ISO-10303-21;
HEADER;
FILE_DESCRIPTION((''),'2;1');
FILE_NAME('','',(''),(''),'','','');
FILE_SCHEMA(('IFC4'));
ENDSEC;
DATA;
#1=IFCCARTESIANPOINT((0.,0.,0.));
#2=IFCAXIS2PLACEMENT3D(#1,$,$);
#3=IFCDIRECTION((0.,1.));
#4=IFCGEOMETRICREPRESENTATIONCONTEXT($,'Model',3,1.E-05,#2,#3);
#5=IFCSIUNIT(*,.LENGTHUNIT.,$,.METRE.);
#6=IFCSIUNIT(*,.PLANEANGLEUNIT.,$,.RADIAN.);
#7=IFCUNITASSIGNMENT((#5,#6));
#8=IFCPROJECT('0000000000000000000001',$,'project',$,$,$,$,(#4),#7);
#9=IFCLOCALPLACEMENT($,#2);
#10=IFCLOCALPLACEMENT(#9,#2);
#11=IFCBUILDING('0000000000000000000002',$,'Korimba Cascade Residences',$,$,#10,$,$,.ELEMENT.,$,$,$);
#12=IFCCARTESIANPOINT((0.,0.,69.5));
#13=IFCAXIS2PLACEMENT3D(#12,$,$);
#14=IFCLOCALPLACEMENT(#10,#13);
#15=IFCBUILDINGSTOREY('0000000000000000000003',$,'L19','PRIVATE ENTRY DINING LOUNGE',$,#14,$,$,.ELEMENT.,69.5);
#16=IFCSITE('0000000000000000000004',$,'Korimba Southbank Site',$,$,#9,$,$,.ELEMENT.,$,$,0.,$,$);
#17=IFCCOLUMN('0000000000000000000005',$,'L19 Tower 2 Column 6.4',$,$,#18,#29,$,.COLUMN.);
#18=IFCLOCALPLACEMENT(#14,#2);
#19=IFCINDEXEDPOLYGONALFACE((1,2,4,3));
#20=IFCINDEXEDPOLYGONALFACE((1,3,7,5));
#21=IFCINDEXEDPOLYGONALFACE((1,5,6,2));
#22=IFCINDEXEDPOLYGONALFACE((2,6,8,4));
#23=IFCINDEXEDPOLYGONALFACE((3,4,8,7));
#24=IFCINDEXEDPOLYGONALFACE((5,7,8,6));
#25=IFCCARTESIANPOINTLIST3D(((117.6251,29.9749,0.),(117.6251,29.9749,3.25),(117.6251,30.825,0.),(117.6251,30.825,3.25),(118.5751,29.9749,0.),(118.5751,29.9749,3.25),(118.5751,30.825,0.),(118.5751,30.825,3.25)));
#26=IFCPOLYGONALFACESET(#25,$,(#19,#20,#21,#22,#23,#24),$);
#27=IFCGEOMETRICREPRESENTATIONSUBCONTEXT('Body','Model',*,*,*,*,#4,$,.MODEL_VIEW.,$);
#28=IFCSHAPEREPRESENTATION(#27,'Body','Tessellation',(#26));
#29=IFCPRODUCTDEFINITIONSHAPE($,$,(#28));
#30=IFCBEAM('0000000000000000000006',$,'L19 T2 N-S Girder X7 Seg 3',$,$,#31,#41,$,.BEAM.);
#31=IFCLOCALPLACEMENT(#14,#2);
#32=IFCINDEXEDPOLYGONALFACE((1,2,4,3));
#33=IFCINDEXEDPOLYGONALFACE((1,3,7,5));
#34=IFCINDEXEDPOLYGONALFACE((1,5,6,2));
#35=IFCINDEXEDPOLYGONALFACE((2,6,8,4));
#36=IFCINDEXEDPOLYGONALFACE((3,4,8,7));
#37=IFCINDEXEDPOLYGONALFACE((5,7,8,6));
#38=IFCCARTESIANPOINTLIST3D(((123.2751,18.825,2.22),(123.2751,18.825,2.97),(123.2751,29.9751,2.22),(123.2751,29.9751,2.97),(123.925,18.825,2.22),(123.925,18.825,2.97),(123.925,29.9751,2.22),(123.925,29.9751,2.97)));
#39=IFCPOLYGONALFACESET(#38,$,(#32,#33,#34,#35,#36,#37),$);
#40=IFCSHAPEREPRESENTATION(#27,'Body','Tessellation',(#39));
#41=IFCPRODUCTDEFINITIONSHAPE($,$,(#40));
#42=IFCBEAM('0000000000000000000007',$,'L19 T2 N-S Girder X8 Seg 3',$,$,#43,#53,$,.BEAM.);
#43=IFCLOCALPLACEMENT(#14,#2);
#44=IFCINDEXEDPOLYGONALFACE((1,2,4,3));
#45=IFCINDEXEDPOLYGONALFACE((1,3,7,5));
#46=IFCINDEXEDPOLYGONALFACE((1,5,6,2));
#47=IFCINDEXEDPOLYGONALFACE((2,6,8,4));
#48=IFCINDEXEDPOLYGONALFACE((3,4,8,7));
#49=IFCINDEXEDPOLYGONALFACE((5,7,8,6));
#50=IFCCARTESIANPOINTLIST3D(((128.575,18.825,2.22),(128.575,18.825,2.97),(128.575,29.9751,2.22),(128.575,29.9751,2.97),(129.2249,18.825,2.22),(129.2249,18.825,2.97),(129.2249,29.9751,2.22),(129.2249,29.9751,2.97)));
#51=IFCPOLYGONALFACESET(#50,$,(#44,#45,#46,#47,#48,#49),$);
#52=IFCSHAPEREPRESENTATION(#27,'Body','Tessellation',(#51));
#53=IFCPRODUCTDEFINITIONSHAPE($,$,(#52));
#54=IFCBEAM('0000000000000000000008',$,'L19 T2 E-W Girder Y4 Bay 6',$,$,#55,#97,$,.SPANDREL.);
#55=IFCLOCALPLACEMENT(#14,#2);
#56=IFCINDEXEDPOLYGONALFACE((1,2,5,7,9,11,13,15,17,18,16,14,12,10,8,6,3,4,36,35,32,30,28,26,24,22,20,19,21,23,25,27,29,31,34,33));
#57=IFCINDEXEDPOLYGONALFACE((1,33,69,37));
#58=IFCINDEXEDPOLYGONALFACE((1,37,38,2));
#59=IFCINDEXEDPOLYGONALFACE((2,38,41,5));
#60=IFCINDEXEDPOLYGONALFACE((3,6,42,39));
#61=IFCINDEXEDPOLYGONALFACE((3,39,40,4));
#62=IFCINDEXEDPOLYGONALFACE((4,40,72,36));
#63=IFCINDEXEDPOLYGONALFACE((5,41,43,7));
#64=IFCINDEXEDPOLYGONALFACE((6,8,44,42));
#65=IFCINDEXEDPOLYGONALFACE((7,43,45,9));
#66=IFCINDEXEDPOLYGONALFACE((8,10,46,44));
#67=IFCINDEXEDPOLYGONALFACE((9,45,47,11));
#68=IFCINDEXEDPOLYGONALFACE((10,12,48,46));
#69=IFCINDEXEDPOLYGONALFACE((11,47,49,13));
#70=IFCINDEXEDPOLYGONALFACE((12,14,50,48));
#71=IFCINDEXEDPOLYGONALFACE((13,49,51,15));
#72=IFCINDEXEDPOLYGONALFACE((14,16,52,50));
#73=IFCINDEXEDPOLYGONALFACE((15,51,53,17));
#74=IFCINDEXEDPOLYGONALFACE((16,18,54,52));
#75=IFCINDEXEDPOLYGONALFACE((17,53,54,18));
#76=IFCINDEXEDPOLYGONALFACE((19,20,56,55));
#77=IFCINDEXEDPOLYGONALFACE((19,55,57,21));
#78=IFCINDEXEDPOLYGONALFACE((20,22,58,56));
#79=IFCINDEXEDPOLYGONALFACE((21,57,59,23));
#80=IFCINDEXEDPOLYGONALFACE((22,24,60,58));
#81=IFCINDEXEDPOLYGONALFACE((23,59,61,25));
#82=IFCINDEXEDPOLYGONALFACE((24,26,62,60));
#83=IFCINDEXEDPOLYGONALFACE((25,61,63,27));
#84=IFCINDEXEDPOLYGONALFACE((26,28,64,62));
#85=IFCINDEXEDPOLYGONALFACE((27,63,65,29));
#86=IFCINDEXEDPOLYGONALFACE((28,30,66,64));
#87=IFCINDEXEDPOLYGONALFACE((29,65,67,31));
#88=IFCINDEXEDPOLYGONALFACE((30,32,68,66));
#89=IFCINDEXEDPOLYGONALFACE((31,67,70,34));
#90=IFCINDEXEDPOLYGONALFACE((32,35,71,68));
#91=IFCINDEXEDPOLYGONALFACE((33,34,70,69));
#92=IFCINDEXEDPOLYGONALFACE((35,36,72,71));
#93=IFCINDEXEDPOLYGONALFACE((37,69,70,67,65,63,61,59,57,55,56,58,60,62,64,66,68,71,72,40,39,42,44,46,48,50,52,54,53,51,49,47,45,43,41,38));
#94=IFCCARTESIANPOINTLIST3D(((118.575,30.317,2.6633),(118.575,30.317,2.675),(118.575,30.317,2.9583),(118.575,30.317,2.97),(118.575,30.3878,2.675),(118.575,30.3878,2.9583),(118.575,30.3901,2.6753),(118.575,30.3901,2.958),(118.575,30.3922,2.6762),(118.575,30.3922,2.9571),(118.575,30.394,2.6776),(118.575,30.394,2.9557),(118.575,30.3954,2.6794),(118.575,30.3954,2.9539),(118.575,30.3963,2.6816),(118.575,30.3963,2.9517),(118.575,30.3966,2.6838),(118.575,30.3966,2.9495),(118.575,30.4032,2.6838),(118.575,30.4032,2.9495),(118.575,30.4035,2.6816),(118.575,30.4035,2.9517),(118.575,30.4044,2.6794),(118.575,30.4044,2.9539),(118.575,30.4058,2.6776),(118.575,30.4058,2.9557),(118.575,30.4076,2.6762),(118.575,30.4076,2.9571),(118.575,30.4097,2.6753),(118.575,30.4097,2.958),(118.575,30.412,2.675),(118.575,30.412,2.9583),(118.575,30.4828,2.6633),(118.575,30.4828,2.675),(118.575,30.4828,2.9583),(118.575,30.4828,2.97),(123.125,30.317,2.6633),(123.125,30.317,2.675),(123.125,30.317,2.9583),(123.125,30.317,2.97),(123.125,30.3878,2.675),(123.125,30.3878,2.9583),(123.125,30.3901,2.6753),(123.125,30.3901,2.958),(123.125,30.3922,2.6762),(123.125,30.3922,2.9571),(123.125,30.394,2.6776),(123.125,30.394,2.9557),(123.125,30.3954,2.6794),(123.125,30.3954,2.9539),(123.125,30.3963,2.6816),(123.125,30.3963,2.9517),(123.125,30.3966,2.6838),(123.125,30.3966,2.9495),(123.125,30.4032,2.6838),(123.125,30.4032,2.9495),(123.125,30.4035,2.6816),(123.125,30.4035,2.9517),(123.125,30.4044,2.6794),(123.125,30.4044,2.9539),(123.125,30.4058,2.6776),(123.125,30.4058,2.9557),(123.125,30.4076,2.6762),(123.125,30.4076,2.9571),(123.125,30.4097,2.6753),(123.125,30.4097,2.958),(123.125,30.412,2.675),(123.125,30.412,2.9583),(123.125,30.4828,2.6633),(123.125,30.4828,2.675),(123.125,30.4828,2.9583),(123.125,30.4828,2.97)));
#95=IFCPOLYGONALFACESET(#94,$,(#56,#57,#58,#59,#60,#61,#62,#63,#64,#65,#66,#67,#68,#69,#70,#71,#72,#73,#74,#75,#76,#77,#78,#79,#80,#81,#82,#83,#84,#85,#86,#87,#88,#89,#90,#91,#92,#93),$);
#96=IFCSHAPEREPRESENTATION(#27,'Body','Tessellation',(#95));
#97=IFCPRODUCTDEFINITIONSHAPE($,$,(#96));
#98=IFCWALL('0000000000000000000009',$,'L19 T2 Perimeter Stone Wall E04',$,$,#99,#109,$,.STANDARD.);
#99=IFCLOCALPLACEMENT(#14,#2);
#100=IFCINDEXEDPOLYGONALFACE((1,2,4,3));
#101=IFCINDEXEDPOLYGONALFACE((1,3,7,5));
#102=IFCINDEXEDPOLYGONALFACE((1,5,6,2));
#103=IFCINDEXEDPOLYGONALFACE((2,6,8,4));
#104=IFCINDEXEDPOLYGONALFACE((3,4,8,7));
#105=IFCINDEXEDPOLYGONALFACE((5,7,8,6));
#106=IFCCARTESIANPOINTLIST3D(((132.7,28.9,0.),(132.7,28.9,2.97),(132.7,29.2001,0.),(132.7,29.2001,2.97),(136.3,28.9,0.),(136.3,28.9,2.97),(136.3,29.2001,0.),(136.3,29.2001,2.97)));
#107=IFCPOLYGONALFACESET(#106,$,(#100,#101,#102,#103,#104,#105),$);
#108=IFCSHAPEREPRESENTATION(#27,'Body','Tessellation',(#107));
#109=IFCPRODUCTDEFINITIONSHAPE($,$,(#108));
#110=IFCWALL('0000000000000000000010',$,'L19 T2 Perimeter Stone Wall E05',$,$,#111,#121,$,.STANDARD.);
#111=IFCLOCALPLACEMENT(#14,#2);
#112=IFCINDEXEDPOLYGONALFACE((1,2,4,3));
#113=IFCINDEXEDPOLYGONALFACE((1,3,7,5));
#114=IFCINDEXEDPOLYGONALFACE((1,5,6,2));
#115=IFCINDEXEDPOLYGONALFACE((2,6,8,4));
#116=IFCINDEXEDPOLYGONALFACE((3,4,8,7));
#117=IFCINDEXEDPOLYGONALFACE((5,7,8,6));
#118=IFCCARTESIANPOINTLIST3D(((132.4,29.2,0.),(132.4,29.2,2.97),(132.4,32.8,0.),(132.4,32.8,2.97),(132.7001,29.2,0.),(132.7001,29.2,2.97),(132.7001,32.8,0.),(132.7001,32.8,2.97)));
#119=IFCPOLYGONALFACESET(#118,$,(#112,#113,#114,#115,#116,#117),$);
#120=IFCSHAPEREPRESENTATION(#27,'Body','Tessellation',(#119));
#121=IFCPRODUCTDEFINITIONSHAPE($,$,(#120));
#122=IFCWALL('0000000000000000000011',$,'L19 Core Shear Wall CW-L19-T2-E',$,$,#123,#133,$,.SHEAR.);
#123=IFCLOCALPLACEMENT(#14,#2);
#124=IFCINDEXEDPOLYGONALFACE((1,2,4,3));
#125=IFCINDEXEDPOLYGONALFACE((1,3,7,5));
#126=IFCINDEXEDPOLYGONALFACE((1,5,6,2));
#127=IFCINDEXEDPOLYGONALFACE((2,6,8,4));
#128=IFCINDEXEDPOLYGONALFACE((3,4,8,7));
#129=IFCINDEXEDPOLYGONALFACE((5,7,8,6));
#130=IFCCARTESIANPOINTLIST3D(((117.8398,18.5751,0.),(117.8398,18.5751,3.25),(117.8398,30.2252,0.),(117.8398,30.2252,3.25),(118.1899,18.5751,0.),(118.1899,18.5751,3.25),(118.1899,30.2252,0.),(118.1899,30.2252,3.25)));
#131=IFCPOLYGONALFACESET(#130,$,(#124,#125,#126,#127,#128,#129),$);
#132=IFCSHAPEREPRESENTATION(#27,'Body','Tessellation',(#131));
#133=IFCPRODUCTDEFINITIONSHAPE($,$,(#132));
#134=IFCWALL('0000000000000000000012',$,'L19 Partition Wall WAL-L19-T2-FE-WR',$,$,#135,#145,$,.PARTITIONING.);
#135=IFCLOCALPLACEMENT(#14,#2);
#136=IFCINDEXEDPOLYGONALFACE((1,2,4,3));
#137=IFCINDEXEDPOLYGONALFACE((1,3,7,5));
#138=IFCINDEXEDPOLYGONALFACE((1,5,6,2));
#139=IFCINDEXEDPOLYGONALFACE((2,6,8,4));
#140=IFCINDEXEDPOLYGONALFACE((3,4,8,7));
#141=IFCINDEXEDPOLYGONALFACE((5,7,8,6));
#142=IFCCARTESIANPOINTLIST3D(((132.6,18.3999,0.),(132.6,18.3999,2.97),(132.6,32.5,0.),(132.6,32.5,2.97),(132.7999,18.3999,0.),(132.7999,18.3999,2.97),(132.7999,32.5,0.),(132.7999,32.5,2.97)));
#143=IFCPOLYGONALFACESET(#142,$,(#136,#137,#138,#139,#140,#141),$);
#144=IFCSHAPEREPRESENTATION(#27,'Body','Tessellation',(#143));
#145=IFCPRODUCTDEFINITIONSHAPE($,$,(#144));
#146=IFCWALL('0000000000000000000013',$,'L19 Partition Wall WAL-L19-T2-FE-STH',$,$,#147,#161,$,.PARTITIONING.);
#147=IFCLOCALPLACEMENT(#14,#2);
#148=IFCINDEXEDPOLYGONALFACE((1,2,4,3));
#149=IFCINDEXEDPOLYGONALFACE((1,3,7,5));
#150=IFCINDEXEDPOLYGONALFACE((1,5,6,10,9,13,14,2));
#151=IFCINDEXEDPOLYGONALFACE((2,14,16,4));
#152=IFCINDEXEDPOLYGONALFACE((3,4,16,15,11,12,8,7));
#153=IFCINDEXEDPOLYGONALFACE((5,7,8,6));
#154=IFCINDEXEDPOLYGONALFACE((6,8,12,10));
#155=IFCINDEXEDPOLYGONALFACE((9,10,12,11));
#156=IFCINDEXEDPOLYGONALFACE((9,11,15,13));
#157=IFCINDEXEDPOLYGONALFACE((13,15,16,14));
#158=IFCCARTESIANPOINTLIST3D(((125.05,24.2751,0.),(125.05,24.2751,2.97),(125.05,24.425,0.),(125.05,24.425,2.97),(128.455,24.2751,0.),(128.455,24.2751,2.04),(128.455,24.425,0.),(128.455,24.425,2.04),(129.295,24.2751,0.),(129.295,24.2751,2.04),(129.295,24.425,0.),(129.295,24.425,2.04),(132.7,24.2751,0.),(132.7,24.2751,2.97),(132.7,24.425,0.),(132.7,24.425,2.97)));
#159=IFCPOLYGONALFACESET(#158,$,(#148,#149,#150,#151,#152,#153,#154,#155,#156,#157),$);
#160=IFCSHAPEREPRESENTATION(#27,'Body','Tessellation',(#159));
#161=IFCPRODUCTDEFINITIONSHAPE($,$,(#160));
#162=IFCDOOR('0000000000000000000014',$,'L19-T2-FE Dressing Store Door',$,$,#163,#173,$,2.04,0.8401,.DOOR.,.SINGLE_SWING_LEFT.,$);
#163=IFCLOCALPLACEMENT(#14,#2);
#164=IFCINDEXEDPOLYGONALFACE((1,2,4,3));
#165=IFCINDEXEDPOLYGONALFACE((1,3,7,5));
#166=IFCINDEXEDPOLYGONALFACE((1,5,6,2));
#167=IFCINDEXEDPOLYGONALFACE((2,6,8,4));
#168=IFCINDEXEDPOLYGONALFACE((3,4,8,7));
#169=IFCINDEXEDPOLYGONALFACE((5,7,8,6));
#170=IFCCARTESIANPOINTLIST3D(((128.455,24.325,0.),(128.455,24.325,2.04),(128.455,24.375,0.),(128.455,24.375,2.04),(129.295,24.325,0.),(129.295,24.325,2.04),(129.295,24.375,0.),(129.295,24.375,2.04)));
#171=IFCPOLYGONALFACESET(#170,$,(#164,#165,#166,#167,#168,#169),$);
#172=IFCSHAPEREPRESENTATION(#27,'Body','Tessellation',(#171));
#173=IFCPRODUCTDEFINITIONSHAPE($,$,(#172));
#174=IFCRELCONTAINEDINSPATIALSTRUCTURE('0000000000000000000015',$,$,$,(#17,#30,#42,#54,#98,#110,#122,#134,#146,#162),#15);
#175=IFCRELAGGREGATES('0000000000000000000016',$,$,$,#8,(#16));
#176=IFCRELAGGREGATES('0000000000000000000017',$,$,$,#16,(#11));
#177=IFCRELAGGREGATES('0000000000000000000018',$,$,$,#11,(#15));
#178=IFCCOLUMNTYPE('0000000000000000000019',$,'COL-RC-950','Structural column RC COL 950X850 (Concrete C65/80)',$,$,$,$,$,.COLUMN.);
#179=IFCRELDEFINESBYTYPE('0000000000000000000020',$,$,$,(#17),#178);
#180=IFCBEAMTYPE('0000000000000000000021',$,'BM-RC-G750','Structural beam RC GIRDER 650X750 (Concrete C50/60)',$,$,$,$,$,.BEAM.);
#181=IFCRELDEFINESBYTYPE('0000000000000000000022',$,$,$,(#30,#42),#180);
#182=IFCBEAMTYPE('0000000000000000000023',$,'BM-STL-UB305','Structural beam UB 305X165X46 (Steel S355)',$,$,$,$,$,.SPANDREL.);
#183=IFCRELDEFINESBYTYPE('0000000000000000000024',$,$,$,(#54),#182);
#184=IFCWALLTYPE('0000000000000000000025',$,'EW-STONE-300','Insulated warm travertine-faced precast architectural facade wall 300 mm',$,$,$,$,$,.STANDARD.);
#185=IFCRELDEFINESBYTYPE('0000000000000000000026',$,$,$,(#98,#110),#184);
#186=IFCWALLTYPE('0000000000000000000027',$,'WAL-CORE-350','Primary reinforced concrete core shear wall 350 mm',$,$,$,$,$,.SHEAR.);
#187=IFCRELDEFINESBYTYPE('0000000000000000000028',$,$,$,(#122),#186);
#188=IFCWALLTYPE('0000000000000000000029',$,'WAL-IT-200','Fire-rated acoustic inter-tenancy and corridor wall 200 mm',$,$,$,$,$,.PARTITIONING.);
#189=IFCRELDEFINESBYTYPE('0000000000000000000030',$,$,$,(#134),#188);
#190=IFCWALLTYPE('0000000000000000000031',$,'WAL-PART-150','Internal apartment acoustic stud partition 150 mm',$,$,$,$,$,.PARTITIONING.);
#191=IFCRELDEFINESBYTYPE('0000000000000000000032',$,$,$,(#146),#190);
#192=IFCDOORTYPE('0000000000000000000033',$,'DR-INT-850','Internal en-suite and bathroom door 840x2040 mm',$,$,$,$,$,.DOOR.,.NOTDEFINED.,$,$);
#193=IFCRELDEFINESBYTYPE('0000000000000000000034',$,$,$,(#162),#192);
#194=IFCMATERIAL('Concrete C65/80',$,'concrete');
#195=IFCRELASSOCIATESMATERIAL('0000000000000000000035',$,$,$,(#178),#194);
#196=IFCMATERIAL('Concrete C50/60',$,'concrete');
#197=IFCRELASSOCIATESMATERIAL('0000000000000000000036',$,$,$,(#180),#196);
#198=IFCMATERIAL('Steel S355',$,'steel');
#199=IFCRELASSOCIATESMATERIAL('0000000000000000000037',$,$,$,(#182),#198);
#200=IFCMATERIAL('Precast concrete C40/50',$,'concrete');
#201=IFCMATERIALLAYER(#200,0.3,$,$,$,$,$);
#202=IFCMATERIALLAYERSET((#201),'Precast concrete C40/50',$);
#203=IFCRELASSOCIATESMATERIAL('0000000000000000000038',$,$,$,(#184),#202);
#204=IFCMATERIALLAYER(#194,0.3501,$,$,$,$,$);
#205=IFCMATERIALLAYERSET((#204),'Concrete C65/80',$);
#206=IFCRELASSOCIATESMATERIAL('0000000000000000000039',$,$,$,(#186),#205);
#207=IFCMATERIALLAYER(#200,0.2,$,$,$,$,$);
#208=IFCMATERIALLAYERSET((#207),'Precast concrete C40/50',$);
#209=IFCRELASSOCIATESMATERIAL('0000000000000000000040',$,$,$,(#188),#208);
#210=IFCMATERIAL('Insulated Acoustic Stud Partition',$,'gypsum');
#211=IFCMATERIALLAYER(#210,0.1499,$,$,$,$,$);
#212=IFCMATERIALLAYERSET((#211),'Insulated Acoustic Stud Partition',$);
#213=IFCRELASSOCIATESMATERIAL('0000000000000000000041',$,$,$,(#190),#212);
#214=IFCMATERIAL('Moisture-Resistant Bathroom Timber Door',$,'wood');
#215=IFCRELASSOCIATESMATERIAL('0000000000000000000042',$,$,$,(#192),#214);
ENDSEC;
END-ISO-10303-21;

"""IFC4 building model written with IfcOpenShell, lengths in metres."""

from ifc_helpers import new_model, si_unit, direction, frame, frame_2d, origin, origin_2d, place, context, subcontext, project, spatial, rectangle, i_section, extrude, material, layer, layer_set, material_profile, profile_set, type_object, element, fill, save


model = new_model("IFC4")

# Units and contexts
model_context = context("Model", 3, precision=1e-05, world=origin(), true_north=direction((0.0, 1.0)))
body_context = subcontext(model_context, "Body", "Model", "MODEL_VIEW")
ifc_project = project(units=[si_unit("LENGTHUNIT", "METRE"), si_unit("PLANEANGLEUNIT", "RADIAN")], contexts=[model_context])

# Site, building, storey
site_placement = place(None, origin())
site = spatial("IfcSite", under=ifc_project, at=site_placement, Name="Korimba Southbank Site", CompositionType="ELEMENT", RefElevation=0.0)
building_placement = place(site_placement, origin())
building = spatial("IfcBuilding", under=site, at=building_placement, Name="Korimba Cascade Residences", CompositionType="ELEMENT")
storey_placement = place(building_placement, frame((0.0, 0.0, 69.5)))
storey = spatial("IfcBuildingStorey", under=building, at=storey_placement, Name="L19", Description="PRIVATE ENTRY DINING LOUNGE", CompositionType="ELEMENT", Elevation=69.5)

# Column
ifc_material_1 = material(Name="Concrete C65/80", Category="concrete")
ifc_material_profile_1 = material_profile(ifc_material_1, rectangle(XDim=0.95, YDim=0.8501, at=origin_2d()), Name="Concrete C65/80")
ifc_profile_set_1 = profile_set([ifc_material_profile_1], Name="Concrete C65/80")
column_type = type_object("IfcColumnType", Name="COL-RC-950", Description="Structural column RC COL 950X850 (Concrete C65/80)", PredefinedType="COLUMN", material=ifc_profile_set_1)
column_placement = place(storey_placement, frame((118.1001, 30.3999, 0.0), z_axis=(0.0, 0.0, 1.0), x_axis=(1.0, 0.0, 0.0)))
element("IfcColumn", 1, at=column_placement, inside=storey, type_object=column_type, Name="L19 Tower 2 Column 6.4", PredefinedType="COLUMN", context=body_context, shape_type="SweptSolid", body=[
    extrude(rectangle(XDim=0.95, YDim=0.8501, at=origin_2d()), origin(), (0.0, 0.0, 1.0), 3.25),
])

# Beams
ifc_material_2 = material(Name="Concrete C50/60", Category="concrete")
ifc_material_profile_2 = material_profile(ifc_material_2, rectangle(XDim=0.6499, YDim=0.75, at=origin_2d()), Name="Concrete C50/60")
ifc_profile_set_2 = profile_set([ifc_material_profile_2], Name="Concrete C50/60")
beam_type_1 = type_object("IfcBeamType", Name="BM-RC-G750", Description="Structural beam RC GIRDER 650X750 (Concrete C50/60)", PredefinedType="BEAM", material=ifc_profile_set_2)
for number, where, z_axis, x_axis, name in (
    (2, (123.6001, 18.825, 2.595), (0.0, 1.0, 0.0), (-1.0, 0.0, 0.0), "L19 T2 N-S Girder X7 Seg 3"),
    (3, (128.8999, 18.825, 2.595), (0.0, 1.0, 0.0), (-1.0, 0.0, 0.0), "L19 T2 N-S Girder X8 Seg 3"),
):
    element("IfcBeam", number, at=place(storey_placement, frame(where, z_axis=z_axis, x_axis=x_axis)), inside=storey, type_object=beam_type_1, Name=name, PredefinedType="BEAM", context=body_context, shape_type="SweptSolid", body=[
        extrude(rectangle(XDim=0.6499, YDim=0.75, at=origin_2d()), origin(), (0.0, 0.0, 1.0), 11.1501),
    ])
ifc_material_3 = material(Name="Steel S355", Category="steel")
ifc_material_profile_3 = material_profile(ifc_material_3, i_section(OverallWidth=0.1658, OverallDepth=0.3066, WebThickness=0.0066, FlangeThickness=0.0117, FilletRadius=0.0088, at=origin_2d()), Name="Steel S355")
ifc_profile_set_3 = profile_set([ifc_material_profile_3], Name="Steel S355")
beam_type_2 = type_object("IfcBeamType", Name="BM-STL-UB305", Description="Structural beam UB 305X165X46 (Steel S355)", PredefinedType="SPANDREL", material=ifc_profile_set_3)
beam_placement = place(storey_placement, frame((118.575, 30.3999, 2.8167), z_axis=(1.0, 0.0, 0.0), x_axis=(0.0, 1.0, 0.0)))
element("IfcBeam", 4, at=beam_placement, inside=storey, type_object=beam_type_2, Name="L19 T2 E-W Girder Y4 Bay 6", PredefinedType="SPANDREL", context=body_context, shape_type="SweptSolid", body=[
    extrude(i_section(OverallWidth=0.1658, OverallDepth=0.3066, WebThickness=0.0066, FlangeThickness=0.0117, FilletRadius=0.0088, at=origin_2d()), origin(), (0.0, 0.0, 1.0), 4.55),
])

# Walls
ifc_material_4 = material(Name="Precast concrete C40/50", Category="concrete")
ifc_layer_1 = layer(ifc_material_4, 0.3)
ifc_layer_set_1 = layer_set([ifc_layer_1], Name="Precast concrete C40/50")
wall_type_1 = type_object("IfcWallType", Name="EW-STONE-300", Description="Insulated warm travertine-faced precast architectural facade wall 300 mm", PredefinedType="STANDARD", material=ifc_layer_set_1)
for number, where, z_axis, x_axis, name in (
    (5, (136.3, 29.05, 0.0), (0.0, 0.0, 1.0), (-1.0, 0.0, 0.0), "L19 T2 Perimeter Stone Wall E04"),
    (6, (132.55, 29.2, 0.0), (0.0, 0.0, 1.0), (0.0, 1.0, 0.0), "L19 T2 Perimeter Stone Wall E05"),
):
    element("IfcWall", number, at=place(storey_placement, frame(where, z_axis=z_axis, x_axis=x_axis)), inside=storey, type_object=wall_type_1, Name=name, PredefinedType="STANDARD", context=body_context, shape_type="SweptSolid", body=[
        extrude(rectangle(XDim=3.6001, YDim=0.3, at=frame_2d((1.8, 0.0))), origin(), (0.0, 0.0, 1.0), 2.97),
    ])
ifc_layer_2 = layer(ifc_material_1, 0.3501)
ifc_layer_set_2 = layer_set([ifc_layer_2], Name="Concrete C65/80")
wall_type_2 = type_object("IfcWallType", Name="WAL-CORE-350", Description="Primary reinforced concrete core shear wall 350 mm", PredefinedType="SHEAR", material=ifc_layer_set_2)
wall_1_placement = place(storey_placement, frame((118.0149, 18.575, 0.0), z_axis=(0.0, 0.0, 1.0), x_axis=(0.0, 1.0, 0.0)))
element("IfcWall", 7, at=wall_1_placement, inside=storey, type_object=wall_type_2, Name="L19 Core Shear Wall CW-L19-T2-E", PredefinedType="SHEAR", context=body_context, shape_type="SweptSolid", body=[
    extrude(rectangle(XDim=11.6501, YDim=0.3501, at=frame_2d((5.8252, 0.0))), origin(), (0.0, 0.0, 1.0), 3.25),
])
ifc_layer_3 = layer(ifc_material_4, 0.2)
ifc_layer_set_3 = layer_set([ifc_layer_3], Name="Precast concrete C40/50")
wall_type_3 = type_object("IfcWallType", Name="WAL-IT-200", Description="Fire-rated acoustic inter-tenancy and corridor wall 200 mm", PredefinedType="PARTITIONING", material=ifc_layer_set_3)
wall_2_placement = place(storey_placement, frame((132.7, 18.3999, 0.0), z_axis=(0.0, 0.0, 1.0), x_axis=(0.0, 1.0, 0.0)))
element("IfcWall", 8, at=wall_2_placement, inside=storey, type_object=wall_type_3, Name="L19 Partition Wall WAL-L19-T2-FE-WR", PredefinedType="PARTITIONING", context=body_context, shape_type="SweptSolid", body=[
    extrude(rectangle(XDim=14.1001, YDim=0.2, at=frame_2d((7.05, 0.0))), origin(), (0.0, 0.0, 1.0), 2.97),
])

# Wall, opening, door
ifc_material_5 = material(Name="Insulated Acoustic Stud Partition", Category="gypsum")
ifc_layer_4 = layer(ifc_material_5, 0.1499)
ifc_layer_set_4 = layer_set([ifc_layer_4], Name="Insulated Acoustic Stud Partition")
wall_type_4 = type_object("IfcWallType", Name="WAL-PART-150", Description="Internal apartment acoustic stud partition 150 mm", PredefinedType="PARTITIONING", material=ifc_layer_set_4)
wall_3_placement = place(storey_placement, frame((125.05, 24.3501, 0.0), z_axis=(0.0, 0.0, 1.0), x_axis=(1.0, 0.0, 0.0)))
wall_3 = element("IfcWall", 9, at=wall_3_placement, inside=storey, type_object=wall_type_4, Name="L19 Partition Wall WAL-L19-T2-FE-STH", PredefinedType="PARTITIONING", context=body_context, shape_type="SweptSolid", body=[
    extrude(rectangle(XDim=7.6499, YDim=0.1499, at=frame_2d((3.825, 0.0))), origin(), (0.0, 0.0, 1.0), 2.97),
])
opening_1_placement = place(wall_3_placement, frame((3.405, 0.0, 0.0)))
opening_1 = element("IfcOpeningElement", 10, at=opening_1_placement, cuts=wall_3, PredefinedType="OPENING", context=body_context, shape_type="SweptSolid", body=[
    extrude(rectangle(XDim=0.8401, YDim=2.04, at=frame_2d((0.4199, 1.02))), frame((0.0, 0.085, 0.0), z_axis=(0.0, -1.0, 0.0), x_axis=(1.0, 0.0, 0.0)), (0.0, 0.0, 1.0), 0.1699),
])
ifc_material_6 = material(Name="Moisture-Resistant Bathroom Timber Door", Category="wood")
door_type_1 = type_object("IfcDoorType", Name="DR-INT-850", Description="Internal en-suite and bathroom door 840x2040 mm", OperationType="NOTDEFINED", PredefinedType="DOOR", material=ifc_material_6)
door_1_placement = place(opening_1_placement, origin())
door_1 = element("IfcDoor", 11, at=door_1_placement, inside=storey, type_object=door_type_1, Name="L19-T2-FE Dressing Store Door", OperationType="SINGLE_SWING_LEFT", OverallHeight=2.04, OverallWidth=0.8401, PredefinedType="DOOR", context=body_context, shape_type="SweptSolid", body=[
    extrude(rectangle(XDim=0.8401, YDim=2.04, at=frame_2d((0.4199, 1.02))), frame((0.0, 0.0249, 0.0), z_axis=(0.0, -1.0, 0.0), x_axis=(1.0, 0.0, 0.0)), (0.0, 0.0, 1.0), 0.05),
])
fill(opening_1, door_1)

save(model, "model.ifc")
